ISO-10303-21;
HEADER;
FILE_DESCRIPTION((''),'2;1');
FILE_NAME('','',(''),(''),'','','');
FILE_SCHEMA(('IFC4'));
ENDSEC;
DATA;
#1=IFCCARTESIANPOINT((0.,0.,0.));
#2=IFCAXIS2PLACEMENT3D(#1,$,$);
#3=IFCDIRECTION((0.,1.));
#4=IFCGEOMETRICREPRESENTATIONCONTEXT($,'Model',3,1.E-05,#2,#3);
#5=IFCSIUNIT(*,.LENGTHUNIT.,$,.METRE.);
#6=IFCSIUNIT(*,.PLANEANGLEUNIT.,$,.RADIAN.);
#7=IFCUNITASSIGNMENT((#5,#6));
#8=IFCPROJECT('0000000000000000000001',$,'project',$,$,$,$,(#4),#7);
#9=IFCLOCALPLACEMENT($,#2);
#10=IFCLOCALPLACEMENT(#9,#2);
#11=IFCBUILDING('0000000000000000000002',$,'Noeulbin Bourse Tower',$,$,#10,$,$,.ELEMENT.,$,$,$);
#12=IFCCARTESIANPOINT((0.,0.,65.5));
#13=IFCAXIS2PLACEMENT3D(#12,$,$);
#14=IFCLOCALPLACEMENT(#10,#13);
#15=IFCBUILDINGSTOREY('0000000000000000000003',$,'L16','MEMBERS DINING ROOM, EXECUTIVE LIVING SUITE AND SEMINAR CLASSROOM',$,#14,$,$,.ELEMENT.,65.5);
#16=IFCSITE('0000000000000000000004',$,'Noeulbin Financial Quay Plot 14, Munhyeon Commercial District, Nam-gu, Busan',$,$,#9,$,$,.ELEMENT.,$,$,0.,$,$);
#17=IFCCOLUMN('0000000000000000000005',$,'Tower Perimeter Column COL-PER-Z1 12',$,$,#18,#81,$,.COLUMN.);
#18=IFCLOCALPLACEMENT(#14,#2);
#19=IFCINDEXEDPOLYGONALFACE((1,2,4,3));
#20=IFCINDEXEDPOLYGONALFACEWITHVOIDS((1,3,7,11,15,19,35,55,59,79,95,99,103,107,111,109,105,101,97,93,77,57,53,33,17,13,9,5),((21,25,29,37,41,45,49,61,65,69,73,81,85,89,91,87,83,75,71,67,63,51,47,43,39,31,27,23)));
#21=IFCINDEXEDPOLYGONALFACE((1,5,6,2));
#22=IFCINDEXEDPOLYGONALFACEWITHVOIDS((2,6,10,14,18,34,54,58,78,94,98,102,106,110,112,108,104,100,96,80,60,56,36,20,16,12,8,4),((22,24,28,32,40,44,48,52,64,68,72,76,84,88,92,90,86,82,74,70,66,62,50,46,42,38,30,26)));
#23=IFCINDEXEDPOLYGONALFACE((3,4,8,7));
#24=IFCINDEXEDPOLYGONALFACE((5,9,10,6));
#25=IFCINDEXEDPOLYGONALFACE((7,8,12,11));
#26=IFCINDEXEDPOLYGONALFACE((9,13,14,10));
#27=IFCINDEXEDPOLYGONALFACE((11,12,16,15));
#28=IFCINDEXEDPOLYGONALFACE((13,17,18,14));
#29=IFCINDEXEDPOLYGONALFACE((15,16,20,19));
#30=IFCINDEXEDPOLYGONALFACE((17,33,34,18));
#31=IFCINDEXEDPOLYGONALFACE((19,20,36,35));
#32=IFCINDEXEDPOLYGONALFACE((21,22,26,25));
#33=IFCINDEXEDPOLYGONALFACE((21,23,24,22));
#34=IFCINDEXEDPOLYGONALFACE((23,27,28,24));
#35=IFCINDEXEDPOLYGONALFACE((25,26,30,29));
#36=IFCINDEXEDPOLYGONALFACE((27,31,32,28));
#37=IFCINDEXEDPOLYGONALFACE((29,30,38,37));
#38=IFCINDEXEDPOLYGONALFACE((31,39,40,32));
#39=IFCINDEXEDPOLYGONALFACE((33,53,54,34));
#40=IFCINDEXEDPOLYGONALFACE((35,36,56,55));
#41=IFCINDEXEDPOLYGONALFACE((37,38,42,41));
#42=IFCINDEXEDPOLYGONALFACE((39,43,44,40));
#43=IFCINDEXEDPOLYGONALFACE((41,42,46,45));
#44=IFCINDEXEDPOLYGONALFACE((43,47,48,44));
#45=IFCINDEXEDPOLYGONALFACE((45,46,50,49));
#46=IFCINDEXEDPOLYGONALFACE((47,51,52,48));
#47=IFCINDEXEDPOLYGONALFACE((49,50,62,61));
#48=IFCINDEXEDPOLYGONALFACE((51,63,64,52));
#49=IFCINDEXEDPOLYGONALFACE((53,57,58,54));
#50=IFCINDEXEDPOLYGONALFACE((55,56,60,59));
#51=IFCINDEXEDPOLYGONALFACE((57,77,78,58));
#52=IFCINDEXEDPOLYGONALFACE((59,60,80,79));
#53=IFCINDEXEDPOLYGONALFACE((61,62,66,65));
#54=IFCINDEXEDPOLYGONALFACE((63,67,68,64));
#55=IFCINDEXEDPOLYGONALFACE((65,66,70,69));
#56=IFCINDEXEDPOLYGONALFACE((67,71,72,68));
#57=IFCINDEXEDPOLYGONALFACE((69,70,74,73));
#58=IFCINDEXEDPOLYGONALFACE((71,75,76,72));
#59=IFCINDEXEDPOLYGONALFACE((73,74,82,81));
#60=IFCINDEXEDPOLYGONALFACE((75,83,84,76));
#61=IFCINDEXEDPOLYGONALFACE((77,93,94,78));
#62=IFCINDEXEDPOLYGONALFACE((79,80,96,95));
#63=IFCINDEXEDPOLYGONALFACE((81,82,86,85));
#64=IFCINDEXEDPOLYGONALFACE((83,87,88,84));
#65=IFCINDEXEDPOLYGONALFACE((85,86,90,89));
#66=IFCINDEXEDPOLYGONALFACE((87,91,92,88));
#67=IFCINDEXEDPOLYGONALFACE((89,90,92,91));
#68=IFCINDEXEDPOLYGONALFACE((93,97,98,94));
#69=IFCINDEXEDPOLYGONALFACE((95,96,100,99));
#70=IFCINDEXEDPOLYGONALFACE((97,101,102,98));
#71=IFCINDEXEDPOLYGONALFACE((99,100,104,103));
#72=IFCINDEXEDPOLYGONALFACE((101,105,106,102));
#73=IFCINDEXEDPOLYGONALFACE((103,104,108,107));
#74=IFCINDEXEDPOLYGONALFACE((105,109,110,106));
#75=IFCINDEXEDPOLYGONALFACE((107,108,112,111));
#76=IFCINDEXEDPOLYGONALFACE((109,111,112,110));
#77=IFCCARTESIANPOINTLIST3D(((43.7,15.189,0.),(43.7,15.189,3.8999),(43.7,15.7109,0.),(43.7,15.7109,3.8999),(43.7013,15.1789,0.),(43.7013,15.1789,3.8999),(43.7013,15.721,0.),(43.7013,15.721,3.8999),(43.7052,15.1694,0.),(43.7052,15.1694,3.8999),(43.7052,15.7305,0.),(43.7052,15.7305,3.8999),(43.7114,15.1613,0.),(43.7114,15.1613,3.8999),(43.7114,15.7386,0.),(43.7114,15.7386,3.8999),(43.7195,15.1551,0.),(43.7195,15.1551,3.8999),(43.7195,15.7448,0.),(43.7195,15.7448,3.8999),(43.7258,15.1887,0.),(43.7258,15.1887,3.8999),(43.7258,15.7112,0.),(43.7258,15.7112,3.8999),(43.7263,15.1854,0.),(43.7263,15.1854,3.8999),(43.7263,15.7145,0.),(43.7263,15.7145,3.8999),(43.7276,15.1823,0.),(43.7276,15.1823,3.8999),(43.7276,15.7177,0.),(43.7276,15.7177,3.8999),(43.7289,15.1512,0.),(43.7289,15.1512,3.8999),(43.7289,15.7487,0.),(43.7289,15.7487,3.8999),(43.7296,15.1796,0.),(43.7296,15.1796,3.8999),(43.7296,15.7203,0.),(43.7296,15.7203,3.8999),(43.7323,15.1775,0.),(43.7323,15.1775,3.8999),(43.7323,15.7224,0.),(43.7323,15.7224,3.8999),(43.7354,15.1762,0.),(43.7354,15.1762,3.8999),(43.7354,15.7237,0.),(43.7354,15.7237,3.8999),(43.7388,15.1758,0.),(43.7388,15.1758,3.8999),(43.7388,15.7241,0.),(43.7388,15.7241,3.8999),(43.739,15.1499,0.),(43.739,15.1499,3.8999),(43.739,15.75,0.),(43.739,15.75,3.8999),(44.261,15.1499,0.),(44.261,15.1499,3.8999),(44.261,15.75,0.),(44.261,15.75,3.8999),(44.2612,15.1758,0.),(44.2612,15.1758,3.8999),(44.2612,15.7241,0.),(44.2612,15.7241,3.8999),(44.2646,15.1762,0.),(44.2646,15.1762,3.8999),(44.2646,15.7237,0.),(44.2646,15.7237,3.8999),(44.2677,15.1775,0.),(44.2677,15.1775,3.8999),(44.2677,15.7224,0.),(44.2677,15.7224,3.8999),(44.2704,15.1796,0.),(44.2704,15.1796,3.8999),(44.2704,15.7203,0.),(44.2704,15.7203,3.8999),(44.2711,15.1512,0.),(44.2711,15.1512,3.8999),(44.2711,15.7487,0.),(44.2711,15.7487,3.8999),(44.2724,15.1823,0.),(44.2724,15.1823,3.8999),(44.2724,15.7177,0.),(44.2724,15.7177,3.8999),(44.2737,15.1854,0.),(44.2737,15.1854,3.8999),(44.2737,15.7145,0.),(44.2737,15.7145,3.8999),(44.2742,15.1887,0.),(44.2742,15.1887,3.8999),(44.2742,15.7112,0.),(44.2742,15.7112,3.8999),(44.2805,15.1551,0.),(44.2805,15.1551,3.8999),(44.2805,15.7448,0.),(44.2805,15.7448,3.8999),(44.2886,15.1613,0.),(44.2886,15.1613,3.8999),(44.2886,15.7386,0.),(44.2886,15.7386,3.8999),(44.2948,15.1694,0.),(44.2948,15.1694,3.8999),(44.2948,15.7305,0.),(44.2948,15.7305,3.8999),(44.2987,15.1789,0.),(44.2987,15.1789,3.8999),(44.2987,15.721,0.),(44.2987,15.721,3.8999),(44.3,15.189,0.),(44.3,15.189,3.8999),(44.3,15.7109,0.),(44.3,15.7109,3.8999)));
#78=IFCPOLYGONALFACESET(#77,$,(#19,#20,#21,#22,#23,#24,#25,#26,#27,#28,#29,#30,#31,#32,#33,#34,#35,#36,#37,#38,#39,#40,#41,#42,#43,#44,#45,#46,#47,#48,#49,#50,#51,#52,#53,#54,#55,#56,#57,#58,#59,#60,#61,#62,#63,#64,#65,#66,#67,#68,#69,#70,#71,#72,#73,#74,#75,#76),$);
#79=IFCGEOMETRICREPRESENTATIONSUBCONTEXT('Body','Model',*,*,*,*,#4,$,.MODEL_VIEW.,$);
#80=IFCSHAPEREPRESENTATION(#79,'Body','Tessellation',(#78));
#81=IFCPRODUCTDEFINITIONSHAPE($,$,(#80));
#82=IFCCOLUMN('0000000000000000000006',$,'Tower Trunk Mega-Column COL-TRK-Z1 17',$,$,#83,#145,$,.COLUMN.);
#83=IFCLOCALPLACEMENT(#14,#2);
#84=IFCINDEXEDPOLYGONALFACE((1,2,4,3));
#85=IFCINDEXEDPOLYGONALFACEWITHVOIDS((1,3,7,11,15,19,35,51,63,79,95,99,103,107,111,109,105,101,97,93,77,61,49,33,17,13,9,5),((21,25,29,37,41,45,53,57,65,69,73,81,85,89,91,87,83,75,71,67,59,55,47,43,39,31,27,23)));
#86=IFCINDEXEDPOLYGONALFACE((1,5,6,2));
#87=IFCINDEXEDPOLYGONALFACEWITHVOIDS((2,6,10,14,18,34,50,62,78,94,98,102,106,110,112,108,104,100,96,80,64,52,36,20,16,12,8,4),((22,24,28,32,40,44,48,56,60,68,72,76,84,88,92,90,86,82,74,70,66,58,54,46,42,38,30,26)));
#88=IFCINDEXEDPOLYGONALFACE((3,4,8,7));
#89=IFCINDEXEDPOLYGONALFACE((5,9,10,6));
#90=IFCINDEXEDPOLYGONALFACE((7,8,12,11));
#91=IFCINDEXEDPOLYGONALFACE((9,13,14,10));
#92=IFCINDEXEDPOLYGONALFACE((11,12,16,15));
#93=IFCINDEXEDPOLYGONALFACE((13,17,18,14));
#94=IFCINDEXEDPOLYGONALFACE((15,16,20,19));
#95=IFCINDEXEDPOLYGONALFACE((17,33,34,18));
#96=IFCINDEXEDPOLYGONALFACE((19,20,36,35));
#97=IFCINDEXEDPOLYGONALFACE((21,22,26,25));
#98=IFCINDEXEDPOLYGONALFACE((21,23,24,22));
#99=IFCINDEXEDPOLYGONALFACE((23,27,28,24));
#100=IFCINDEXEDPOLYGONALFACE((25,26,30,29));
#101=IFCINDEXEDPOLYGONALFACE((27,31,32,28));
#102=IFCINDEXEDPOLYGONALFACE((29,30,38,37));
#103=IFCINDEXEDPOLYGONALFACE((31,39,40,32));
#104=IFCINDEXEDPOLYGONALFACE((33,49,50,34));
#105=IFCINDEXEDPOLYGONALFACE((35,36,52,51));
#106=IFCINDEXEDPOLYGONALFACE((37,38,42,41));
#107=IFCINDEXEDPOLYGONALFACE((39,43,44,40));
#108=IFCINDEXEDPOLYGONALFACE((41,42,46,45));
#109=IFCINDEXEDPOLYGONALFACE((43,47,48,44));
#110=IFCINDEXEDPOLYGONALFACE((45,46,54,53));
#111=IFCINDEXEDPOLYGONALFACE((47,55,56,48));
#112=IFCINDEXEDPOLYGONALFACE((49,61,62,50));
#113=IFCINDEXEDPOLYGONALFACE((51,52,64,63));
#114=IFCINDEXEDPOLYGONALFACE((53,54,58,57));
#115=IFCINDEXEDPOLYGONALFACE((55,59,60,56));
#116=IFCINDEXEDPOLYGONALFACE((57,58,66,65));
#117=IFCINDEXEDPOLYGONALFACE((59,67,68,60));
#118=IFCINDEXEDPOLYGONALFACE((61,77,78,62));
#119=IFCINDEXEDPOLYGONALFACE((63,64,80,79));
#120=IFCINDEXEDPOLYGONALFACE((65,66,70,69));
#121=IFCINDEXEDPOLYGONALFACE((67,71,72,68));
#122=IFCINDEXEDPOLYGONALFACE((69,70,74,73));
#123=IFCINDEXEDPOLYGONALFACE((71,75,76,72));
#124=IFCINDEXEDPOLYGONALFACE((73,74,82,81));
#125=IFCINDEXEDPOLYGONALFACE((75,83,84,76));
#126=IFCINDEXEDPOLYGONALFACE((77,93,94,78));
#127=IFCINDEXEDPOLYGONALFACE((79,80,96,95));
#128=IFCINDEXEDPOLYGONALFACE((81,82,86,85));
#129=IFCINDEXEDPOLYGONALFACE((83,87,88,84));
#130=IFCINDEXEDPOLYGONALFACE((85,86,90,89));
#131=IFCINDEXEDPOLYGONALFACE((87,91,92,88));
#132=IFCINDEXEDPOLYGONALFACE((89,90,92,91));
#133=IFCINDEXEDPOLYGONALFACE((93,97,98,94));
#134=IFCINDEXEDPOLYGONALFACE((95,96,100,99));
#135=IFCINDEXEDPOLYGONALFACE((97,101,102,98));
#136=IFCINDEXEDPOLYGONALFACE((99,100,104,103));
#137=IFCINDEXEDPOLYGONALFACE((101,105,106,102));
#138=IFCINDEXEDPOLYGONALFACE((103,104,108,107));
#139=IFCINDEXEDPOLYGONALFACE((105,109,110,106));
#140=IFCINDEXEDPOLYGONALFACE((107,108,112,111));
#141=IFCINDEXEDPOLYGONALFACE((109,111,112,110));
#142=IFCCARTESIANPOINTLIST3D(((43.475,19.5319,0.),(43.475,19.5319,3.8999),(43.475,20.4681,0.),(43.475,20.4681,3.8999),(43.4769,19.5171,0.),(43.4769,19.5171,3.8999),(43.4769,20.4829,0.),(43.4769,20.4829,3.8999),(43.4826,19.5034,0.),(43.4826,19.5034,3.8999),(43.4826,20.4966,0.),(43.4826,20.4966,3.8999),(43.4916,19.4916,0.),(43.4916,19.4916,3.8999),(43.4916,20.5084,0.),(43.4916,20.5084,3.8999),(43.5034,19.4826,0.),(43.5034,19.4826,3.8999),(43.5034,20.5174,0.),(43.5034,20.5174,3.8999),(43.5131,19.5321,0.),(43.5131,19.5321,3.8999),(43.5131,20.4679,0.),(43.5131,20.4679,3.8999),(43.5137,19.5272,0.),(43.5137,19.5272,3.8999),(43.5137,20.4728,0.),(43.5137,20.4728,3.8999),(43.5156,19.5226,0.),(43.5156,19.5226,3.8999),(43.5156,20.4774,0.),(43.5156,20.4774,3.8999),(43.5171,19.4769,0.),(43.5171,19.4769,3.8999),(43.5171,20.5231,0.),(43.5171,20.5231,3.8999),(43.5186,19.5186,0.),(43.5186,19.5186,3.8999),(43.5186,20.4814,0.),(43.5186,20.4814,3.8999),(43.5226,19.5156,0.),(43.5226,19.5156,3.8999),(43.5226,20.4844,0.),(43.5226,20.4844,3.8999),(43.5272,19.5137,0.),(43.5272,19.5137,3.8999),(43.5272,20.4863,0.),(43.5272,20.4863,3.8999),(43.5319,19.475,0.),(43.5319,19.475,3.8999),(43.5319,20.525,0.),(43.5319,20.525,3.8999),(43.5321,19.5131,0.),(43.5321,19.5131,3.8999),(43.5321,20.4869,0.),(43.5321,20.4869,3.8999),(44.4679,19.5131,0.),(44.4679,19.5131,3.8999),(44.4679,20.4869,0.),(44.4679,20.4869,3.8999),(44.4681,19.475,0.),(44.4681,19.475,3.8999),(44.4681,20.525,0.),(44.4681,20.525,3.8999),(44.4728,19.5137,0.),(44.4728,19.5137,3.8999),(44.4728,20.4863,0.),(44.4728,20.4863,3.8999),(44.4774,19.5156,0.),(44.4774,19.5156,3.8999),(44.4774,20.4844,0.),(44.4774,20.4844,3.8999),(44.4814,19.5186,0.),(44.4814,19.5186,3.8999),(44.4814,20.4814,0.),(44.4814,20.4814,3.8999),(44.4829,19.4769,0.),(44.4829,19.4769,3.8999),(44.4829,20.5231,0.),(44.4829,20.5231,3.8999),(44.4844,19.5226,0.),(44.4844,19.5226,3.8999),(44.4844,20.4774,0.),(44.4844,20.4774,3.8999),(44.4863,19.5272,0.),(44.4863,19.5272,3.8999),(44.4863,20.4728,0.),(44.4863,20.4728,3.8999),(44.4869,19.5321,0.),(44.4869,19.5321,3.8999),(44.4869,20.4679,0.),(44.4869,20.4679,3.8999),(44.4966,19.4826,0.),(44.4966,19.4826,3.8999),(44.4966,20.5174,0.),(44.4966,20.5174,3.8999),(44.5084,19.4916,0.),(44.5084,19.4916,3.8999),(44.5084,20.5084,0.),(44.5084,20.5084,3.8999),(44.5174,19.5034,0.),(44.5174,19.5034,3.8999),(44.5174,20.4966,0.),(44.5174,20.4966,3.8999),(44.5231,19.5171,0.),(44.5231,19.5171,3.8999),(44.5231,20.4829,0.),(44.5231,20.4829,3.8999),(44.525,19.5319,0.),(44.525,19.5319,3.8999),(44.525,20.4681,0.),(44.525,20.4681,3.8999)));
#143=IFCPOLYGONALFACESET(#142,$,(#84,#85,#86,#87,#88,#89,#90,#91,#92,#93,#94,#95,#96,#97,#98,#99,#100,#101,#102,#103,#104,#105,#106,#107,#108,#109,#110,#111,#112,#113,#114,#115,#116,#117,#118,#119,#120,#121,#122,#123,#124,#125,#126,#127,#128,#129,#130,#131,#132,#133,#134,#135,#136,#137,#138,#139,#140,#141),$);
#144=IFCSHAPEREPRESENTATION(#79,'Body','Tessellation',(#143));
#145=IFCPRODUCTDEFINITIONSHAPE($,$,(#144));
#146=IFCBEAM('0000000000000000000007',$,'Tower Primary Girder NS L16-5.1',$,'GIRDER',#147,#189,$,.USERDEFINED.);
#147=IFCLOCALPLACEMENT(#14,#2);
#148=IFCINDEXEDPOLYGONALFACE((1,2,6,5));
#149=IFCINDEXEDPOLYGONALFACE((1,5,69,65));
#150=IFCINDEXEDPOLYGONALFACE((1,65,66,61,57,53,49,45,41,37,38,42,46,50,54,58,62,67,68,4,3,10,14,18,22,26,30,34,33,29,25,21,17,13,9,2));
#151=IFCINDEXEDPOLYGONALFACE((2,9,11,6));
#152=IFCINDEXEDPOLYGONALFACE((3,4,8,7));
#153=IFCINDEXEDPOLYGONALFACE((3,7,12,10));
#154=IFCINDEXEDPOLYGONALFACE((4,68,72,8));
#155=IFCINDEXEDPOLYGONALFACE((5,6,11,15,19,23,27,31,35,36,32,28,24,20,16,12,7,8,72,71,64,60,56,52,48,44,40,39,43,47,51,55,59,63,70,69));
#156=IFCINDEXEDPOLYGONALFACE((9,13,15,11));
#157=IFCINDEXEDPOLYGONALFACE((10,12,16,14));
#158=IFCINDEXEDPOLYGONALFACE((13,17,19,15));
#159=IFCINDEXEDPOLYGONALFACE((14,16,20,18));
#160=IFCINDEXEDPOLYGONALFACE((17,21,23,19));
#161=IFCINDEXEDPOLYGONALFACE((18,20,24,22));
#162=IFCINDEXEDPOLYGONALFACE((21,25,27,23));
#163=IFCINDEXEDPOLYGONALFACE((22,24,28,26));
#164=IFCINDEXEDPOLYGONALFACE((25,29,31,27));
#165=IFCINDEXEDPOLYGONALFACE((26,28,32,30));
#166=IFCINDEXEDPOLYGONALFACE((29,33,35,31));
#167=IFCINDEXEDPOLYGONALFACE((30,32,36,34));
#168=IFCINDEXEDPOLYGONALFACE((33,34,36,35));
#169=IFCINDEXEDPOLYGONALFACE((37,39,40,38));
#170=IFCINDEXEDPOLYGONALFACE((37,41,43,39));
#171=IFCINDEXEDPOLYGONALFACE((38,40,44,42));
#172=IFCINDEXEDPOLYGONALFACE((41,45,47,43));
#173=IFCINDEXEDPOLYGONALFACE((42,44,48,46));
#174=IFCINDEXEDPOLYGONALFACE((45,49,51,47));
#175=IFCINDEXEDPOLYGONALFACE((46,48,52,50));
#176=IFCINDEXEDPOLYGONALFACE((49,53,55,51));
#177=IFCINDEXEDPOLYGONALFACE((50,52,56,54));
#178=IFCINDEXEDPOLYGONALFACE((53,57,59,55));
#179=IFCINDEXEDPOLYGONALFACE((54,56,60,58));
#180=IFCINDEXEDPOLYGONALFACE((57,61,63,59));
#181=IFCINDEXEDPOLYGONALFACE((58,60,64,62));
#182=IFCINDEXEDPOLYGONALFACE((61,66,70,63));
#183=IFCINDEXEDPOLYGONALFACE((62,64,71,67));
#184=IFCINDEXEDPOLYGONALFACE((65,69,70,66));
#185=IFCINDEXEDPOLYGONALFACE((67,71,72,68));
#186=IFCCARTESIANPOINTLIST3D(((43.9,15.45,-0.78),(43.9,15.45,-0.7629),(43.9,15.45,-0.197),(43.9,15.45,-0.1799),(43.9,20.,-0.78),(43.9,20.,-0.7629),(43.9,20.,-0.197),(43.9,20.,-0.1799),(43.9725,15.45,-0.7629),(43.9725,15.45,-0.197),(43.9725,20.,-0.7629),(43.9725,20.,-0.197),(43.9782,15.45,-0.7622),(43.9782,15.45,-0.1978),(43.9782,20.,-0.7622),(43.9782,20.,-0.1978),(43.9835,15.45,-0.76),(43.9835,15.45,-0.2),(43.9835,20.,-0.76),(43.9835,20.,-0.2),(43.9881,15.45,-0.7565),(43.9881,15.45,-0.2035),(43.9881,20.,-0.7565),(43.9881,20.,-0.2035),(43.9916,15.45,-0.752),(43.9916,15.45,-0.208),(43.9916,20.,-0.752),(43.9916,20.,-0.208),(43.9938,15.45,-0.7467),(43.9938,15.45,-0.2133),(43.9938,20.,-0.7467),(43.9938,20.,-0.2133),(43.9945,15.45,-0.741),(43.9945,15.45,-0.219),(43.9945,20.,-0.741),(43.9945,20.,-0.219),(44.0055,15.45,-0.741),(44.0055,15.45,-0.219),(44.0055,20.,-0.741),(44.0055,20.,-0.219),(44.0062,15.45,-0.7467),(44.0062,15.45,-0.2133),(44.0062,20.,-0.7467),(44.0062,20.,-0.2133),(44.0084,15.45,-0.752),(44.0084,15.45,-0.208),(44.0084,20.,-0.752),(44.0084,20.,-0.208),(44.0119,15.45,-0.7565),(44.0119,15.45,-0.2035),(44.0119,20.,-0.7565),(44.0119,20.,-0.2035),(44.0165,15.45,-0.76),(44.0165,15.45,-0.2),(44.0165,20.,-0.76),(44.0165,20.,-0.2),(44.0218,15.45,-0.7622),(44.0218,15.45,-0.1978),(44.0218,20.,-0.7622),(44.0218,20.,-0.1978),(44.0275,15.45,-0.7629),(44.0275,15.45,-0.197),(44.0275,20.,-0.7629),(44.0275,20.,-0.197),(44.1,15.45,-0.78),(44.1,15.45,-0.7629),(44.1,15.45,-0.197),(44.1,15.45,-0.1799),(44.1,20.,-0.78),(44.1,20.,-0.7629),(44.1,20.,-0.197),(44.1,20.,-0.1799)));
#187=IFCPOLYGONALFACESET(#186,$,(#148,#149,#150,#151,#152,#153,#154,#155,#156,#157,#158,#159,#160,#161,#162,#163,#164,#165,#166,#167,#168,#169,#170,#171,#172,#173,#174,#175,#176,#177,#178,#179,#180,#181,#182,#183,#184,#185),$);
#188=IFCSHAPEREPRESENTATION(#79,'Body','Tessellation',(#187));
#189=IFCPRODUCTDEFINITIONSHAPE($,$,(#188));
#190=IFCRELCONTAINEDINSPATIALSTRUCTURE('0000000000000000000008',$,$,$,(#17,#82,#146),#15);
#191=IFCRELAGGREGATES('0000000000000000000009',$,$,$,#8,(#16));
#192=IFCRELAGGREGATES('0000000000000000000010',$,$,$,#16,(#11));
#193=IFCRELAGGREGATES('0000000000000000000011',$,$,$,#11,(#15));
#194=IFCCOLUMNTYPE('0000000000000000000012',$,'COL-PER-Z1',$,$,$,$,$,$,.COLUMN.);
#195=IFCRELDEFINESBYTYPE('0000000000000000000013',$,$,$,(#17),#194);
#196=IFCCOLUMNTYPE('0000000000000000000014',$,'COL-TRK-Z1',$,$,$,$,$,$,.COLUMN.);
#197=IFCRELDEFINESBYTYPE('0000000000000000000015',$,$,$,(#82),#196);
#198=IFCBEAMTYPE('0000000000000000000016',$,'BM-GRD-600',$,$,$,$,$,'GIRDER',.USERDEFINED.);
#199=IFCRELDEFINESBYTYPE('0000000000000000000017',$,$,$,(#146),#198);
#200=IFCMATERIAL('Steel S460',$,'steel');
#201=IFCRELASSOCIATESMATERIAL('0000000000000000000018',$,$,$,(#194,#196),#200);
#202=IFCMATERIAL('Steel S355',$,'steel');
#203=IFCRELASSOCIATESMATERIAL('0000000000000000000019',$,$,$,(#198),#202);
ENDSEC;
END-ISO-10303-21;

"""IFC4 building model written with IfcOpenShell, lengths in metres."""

from ifc_helpers import new_model, si_unit, direction, frame, origin, origin_2d, place, context, subcontext, project, spatial, hollow_rectangle, i_section, extrude, material, material_profile, profile_set, type_object, element, save


model = new_model("IFC4")

# Units and contexts
model_context = context("Model", 3, precision=1e-05, world=origin(), true_north=direction((0.0, 1.0)))
body_context = subcontext(model_context, "Body", "Model", "MODEL_VIEW")
ifc_project = project(units=[si_unit("LENGTHUNIT", "METRE"), si_unit("PLANEANGLEUNIT", "RADIAN")], contexts=[model_context])

# Site, building, storey
site_placement = place(None, origin())
site = spatial("IfcSite", under=ifc_project, at=site_placement, Name="Noeulbin Financial Quay Plot 14, Munhyeon Commercial District, Nam-gu, Busan", CompositionType="ELEMENT", RefElevation=0.0)
building_placement = place(site_placement, origin())
building = spatial("IfcBuilding", under=site, at=building_placement, Name="Noeulbin Bourse Tower", CompositionType="ELEMENT")
storey_placement = place(building_placement, frame((0.0, 0.0, 65.5)))
storey = spatial("IfcBuildingStorey", under=building, at=storey_placement, Name="L16", Description="MEMBERS DINING ROOM, EXECUTIVE LIVING SUITE AND SEMINAR CLASSROOM", CompositionType="ELEMENT", Elevation=65.5)

# Columns
ifc_material_1 = material(Name="Steel S460", Category="steel")
ifc_material_profile_1 = material_profile(ifc_material_1, hollow_rectangle(XDim=0.6001, YDim=0.6001, WallThickness=0.0259, InnerFilletRadius=0.0129, OuterFilletRadius=0.0391, at=origin_2d()), Name="BOX-600x600x26", Category="LoadBearing")
ifc_profile_set_1 = profile_set([ifc_material_profile_1], Name="Steel S460")
column_type_1 = type_object("IfcColumnType", Name="COL-PER-Z1", PredefinedType="COLUMN", material=ifc_profile_set_1)
column_1_placement = place(storey_placement, frame((44.0, 15.45, 0.0), z_axis=(0.0, 0.0, 1.0), x_axis=(1.0, 0.0, 0.0)))
element("IfcColumn", 1, at=column_1_placement, inside=storey, type_object=column_type_1, Name="Tower Perimeter Column COL-PER-Z1 12", PredefinedType="COLUMN", context=body_context, shape_type="SweptSolid", body=[
    extrude(hollow_rectangle(XDim=0.6001, YDim=0.6001, WallThickness=0.0259, InnerFilletRadius=0.0129, OuterFilletRadius=0.0391, at=origin_2d()), origin(), (0.0, 0.0, 1.0), 3.8999),
])
ifc_material_profile_2 = material_profile(ifc_material_1, hollow_rectangle(XDim=1.05, YDim=1.05, WallThickness=0.0381, InnerFilletRadius=0.019, OuterFilletRadius=0.0569, at=origin_2d()), Name="BOX-1050x1050x38", Category="LoadBearing")
ifc_profile_set_2 = profile_set([ifc_material_profile_2], Name="Steel S460")
column_type_2 = type_object("IfcColumnType", Name="COL-TRK-Z1", PredefinedType="COLUMN", material=ifc_profile_set_2)
column_2_placement = place(storey_placement, frame((44.0, 20.0, 0.0), z_axis=(0.0, 0.0, 1.0), x_axis=(1.0, 0.0, 0.0)))
element("IfcColumn", 2, at=column_2_placement, inside=storey, type_object=column_type_2, Name="Tower Trunk Mega-Column COL-TRK-Z1 17", PredefinedType="COLUMN", context=body_context, shape_type="SweptSolid", body=[
    extrude(hollow_rectangle(XDim=1.05, YDim=1.05, WallThickness=0.0381, InnerFilletRadius=0.019, OuterFilletRadius=0.0569, at=origin_2d()), origin(), (0.0, 0.0, 1.0), 3.8999),
])

# Beam
ifc_material_2 = material(Name="Steel S355", Category="steel")
ifc_material_profile_3 = material_profile(ifc_material_2, i_section(OverallWidth=0.2, OverallDepth=0.6001, WebThickness=0.011, FlangeThickness=0.0171, FilletRadius=0.022, at=origin_2d()), Name="H-600x200x11x17", Category="LoadBearing")
ifc_profile_set_3 = profile_set([ifc_material_profile_3], Name="Steel S355")
beam_type_1 = type_object("IfcBeamType", Name="BM-GRD-600", ElementType="GIRDER", PredefinedType="USERDEFINED", material=ifc_profile_set_3)
beam_1_placement = place(storey_placement, frame((44.0, 15.45, -0.48), z_axis=(0.0, 1.0, 0.0), x_axis=(-1.0, 0.0, 0.0)))
element("IfcBeam", 3, at=beam_1_placement, inside=storey, type_object=beam_type_1, Name="Tower Primary Girder NS L16-5.1", ObjectType="GIRDER", PredefinedType="USERDEFINED", context=body_context, shape_type="SweptSolid", body=[
    extrude(i_section(OverallWidth=0.2, OverallDepth=0.6001, WebThickness=0.011, FlangeThickness=0.0171, FilletRadius=0.022, at=origin_2d()), origin(), (0.0, 0.0, 1.0), 4.55),
])

save(model, "model.ifc")
